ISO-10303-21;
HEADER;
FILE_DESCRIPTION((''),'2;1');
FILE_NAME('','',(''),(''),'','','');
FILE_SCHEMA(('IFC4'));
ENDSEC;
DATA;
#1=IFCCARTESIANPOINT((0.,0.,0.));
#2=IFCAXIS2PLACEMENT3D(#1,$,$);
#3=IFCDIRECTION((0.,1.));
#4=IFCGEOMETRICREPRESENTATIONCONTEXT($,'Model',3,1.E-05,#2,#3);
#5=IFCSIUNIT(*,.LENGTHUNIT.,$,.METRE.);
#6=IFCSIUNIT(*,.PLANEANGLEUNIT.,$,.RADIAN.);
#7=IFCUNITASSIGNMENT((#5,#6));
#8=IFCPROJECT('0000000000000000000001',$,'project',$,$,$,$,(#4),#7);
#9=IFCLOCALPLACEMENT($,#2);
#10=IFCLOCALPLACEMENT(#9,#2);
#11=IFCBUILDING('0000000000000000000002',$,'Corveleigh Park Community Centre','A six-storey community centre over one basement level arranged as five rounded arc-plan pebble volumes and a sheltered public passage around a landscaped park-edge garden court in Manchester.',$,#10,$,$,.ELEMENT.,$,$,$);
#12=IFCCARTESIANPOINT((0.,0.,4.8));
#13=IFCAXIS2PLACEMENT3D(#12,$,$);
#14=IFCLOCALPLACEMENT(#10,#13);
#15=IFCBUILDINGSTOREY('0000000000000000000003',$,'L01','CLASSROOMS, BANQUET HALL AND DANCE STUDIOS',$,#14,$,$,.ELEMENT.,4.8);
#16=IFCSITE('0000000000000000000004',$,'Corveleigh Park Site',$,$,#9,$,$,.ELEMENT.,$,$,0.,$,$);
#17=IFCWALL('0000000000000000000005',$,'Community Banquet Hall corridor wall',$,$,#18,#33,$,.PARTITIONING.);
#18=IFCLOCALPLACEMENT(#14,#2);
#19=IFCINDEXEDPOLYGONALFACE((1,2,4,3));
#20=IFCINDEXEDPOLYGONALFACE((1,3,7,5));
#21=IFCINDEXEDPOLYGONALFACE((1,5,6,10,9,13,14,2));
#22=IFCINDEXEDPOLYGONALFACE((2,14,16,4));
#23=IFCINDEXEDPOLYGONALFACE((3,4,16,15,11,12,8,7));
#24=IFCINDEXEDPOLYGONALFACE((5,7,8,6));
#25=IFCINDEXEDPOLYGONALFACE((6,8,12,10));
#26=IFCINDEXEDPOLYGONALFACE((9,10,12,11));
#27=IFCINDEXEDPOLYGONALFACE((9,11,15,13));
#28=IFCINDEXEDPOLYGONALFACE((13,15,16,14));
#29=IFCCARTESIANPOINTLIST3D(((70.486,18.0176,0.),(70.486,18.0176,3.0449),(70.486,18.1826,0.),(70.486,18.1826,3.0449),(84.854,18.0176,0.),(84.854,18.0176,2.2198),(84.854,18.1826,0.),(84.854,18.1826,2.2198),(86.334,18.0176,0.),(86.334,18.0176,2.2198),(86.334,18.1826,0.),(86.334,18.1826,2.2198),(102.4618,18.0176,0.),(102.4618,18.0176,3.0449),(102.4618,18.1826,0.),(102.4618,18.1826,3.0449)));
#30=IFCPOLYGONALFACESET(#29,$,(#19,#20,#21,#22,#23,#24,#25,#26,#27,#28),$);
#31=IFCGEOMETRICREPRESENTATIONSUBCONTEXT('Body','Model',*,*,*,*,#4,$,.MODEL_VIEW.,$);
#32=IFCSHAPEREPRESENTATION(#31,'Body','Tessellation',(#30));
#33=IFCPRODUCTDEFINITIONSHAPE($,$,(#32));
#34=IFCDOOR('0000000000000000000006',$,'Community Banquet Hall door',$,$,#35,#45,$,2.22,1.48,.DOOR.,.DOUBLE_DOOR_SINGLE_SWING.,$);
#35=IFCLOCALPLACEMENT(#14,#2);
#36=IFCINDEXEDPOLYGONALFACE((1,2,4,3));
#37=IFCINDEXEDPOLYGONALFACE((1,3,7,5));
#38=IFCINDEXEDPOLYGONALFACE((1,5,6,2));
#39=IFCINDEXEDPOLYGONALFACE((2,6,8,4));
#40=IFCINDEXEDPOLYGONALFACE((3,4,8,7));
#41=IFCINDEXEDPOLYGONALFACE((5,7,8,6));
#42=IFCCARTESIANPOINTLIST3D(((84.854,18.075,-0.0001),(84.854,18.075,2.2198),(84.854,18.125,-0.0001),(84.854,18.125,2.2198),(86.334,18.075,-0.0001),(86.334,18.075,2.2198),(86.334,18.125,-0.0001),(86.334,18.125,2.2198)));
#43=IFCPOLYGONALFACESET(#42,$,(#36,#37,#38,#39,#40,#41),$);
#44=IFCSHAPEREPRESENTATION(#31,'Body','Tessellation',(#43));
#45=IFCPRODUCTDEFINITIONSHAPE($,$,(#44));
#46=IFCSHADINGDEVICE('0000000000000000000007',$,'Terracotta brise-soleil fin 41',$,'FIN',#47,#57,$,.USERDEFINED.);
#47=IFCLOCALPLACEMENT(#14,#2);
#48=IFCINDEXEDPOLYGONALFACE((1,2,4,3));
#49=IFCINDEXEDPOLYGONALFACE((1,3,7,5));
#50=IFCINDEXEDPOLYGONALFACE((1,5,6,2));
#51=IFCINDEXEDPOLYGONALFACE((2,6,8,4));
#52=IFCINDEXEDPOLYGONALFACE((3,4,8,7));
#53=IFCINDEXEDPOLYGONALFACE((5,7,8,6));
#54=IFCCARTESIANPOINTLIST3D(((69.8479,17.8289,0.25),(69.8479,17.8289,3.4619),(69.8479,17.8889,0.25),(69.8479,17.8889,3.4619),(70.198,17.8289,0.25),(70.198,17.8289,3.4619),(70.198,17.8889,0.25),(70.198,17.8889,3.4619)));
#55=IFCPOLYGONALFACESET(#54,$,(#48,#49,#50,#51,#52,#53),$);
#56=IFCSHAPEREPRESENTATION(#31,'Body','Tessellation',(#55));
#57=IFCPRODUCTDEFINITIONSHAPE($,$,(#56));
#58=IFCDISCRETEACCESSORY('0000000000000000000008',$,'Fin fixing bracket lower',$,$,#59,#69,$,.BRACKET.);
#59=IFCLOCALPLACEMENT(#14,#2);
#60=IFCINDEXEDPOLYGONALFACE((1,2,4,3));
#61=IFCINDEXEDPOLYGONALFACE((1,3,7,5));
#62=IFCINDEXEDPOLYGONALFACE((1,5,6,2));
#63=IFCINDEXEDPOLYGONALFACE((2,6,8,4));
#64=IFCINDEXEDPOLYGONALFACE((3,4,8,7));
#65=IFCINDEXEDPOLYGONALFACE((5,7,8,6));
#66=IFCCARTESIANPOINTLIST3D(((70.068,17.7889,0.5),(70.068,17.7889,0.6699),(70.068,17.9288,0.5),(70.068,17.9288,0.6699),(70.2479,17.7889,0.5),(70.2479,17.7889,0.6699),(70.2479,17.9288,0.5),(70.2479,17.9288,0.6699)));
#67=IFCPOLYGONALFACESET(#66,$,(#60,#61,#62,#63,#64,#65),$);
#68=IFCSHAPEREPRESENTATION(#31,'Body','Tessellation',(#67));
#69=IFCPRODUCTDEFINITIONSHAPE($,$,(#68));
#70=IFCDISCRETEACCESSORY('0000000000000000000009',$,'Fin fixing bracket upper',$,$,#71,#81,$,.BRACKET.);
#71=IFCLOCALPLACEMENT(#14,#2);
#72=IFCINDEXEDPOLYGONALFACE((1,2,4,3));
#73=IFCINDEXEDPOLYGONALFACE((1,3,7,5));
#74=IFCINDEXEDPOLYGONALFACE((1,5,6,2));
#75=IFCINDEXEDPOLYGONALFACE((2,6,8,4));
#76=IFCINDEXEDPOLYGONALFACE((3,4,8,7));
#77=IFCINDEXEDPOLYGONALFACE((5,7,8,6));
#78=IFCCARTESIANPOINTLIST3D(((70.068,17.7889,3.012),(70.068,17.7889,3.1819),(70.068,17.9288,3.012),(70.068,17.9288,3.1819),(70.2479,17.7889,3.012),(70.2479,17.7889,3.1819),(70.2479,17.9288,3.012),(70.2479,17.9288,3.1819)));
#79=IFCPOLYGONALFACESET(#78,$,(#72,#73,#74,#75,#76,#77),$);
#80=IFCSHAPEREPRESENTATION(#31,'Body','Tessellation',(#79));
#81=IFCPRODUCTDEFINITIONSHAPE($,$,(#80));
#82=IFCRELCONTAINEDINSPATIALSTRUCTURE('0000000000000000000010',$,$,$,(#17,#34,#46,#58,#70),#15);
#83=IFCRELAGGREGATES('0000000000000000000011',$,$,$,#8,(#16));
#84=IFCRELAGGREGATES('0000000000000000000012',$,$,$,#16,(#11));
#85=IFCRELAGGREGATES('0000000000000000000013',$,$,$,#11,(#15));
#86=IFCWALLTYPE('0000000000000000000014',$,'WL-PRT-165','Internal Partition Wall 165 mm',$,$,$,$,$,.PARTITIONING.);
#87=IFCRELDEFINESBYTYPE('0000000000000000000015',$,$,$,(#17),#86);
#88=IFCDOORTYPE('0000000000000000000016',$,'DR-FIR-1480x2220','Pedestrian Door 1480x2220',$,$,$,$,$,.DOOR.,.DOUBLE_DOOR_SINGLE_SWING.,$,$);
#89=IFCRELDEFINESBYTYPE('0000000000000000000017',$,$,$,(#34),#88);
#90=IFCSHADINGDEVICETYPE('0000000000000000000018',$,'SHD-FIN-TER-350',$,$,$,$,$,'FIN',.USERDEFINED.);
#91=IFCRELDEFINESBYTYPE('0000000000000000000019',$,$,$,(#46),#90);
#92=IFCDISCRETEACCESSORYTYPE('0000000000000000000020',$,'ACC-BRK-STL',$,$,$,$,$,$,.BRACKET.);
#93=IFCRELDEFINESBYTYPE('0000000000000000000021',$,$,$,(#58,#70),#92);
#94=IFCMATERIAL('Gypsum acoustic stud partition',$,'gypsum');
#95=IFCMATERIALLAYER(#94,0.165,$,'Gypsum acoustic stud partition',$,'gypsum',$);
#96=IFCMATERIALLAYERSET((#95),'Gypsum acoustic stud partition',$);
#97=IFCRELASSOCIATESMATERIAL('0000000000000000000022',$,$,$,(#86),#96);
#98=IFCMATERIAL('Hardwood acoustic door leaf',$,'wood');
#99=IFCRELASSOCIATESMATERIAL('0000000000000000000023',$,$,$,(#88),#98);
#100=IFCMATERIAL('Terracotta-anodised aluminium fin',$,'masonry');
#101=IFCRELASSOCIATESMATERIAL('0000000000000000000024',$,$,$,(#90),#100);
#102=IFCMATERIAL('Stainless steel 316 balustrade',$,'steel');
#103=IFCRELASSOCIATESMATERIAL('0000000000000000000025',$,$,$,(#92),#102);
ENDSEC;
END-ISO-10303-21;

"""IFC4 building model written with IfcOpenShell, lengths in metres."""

from ifc_helpers import new_model, si_unit, direction, frame, frame_2d, origin, origin_2d, place, context, subcontext, project, spatial, rectangle, extrude, material, layer, layer_set, type_object, element, fill, save


model = new_model("IFC4")

# Units and contexts
model_context = context("Model", 3, precision=1e-05, world=origin(), true_north=direction((0.0, 1.0)))
body_context = subcontext(model_context, "Body", "Model", "MODEL_VIEW")
ifc_project = project(units=[si_unit("LENGTHUNIT", "METRE"), si_unit("PLANEANGLEUNIT", "RADIAN")], contexts=[model_context])

# Site, building, storey
site_placement = place(None, origin())
site = spatial("IfcSite", under=ifc_project, at=site_placement, Name="Corveleigh Park Site", CompositionType="ELEMENT", RefElevation=0.0)
building_placement = place(site_placement, origin())
building = spatial("IfcBuilding", under=site, at=building_placement, Name="Corveleigh Park Community Centre", Description="A six-storey community centre over one basement level arranged as five rounded arc-plan pebble volumes and a sheltered public passage around a landscaped park-edge garden court in Manchester.", CompositionType="ELEMENT")
storey_placement = place(building_placement, frame((0.0, 0.0, 4.8)))
storey = spatial("IfcBuildingStorey", under=building, at=storey_placement, Name="L01", Description="CLASSROOMS, BANQUET HALL AND DANCE STUDIOS", CompositionType="ELEMENT", Elevation=4.8)

# Wall, opening, door
ifc_material_1 = material(Name="Gypsum acoustic stud partition", Category="gypsum")
ifc_layer_1 = layer(ifc_material_1, 0.165, Name="Gypsum acoustic stud partition", Category="gypsum")
ifc_layer_set_1 = layer_set([ifc_layer_1], Name="Gypsum acoustic stud partition")
wall_type_1 = type_object("IfcWallType", Name="WL-PRT-165", Description="Internal Partition Wall 165 mm", PredefinedType="PARTITIONING", material=ifc_layer_set_1)
wall_1_placement = place(storey_placement, frame((70.4861, 18.1001, 0.0), z_axis=(0.0, 0.0, 1.0), x_axis=(1.0, 0.0, 0.0)))
wall_1 = element("IfcWall", 1, at=wall_1_placement, inside=storey, type_object=wall_type_1, Name="Community Banquet Hall corridor wall", PredefinedType="PARTITIONING", context=body_context, shape_type="SweptSolid", body=[
    extrude(rectangle(XDim=31.9758, YDim=0.165, at=frame_2d((15.9878, 0.0))), origin(), (0.0, 0.0, 1.0), 3.0449),
])
opening_placement = place(wall_1_placement, frame((14.3679, 0.0, 0.0)))
opening = element("IfcOpeningElement", 2, at=opening_placement, cuts=wall_1, PredefinedType="OPENING", context=body_context, shape_type="SweptSolid", body=[
    extrude(rectangle(XDim=1.48, YDim=2.22, at=frame_2d((0.74, 1.1099))), frame((0.0, 0.0925, 0.0), z_axis=(0.0, -1.0, 0.0), x_axis=(1.0, 0.0, 0.0)), (0.0, 0.0, 1.0), 0.1851),
])
ifc_material_2 = material(Name="Hardwood acoustic door leaf", Category="wood")
door_type = type_object("IfcDoorType", Name="DR-FIR-1480x2220", Description="Pedestrian Door 1480x2220", OperationType="DOUBLE_DOOR_SINGLE_SWING", PredefinedType="DOOR", material=ifc_material_2)
door_placement = place(opening_placement, origin())
door = element("IfcDoor", 3, at=door_placement, inside=storey, type_object=door_type, Name="Community Banquet Hall door", OperationType="DOUBLE_DOOR_SINGLE_SWING", OverallHeight=2.22, OverallWidth=1.48, PredefinedType="DOOR", context=body_context, shape_type="SweptSolid", body=[
    extrude(rectangle(XDim=1.48, YDim=2.22, at=frame_2d((0.74, 1.1099))), frame((0.0, 0.0249, 0.0), z_axis=(0.0, -1.0, 0.0), x_axis=(1.0, 0.0, 0.0)), (0.0, 0.0, 1.0), 0.05),
])
fill(opening, door)

# Shading device
ifc_material_3 = material(Name="Terracotta-anodised aluminium fin", Category="masonry")
shading_device_type = type_object("IfcShadingDeviceType", Name="SHD-FIN-TER-350", ElementType="FIN", PredefinedType="USERDEFINED", material=ifc_material_3)
shading_device_placement = place(storey_placement, frame((70.0229, 17.8589, 0.25), z_axis=(0.0, 0.0, 1.0), x_axis=(-1.0, 0.0, 0.0)))
element("IfcShadingDevice", 4, at=shading_device_placement, inside=storey, type_object=shading_device_type, Name="Terracotta brise-soleil fin 41", ObjectType="FIN", PredefinedType="USERDEFINED", context=body_context, shape_type="SweptSolid", body=[
    extrude(rectangle(XDim=0.3501, YDim=0.0601, at=origin_2d()), origin(), (0.0, 0.0, 1.0), 3.2119),
])

# Discrete accessories
ifc_material_4 = material(Name="Stainless steel 316 balustrade", Category="steel")
discrete_accessory_type = type_object("IfcDiscreteAccessoryType", Name="ACC-BRK-STL", PredefinedType="BRACKET", material=ifc_material_4)
for number, where, z_axis, x_axis, name in (
    (5, (70.158, 17.8589, 0.5), (0.0, 0.0, 1.0), (-1.0, 0.0, 0.0), "Fin fixing bracket lower"),
    (6, (70.158, 17.8589, 3.012), (0.0, 0.0, 1.0), (-1.0, 0.0, 0.0), "Fin fixing bracket upper"),
):
    element("IfcDiscreteAccessory", number, at=place(storey_placement, frame(where, z_axis=z_axis, x_axis=x_axis)), inside=storey, type_object=discrete_accessory_type, Name=name, PredefinedType="BRACKET", context=body_context, shape_type="SweptSolid", body=[
        extrude(rectangle(XDim=0.1799, YDim=0.1399, at=origin_2d()), origin(), (0.0, 0.0, 1.0), 0.1699),
    ])

save(model, "model.ifc")
